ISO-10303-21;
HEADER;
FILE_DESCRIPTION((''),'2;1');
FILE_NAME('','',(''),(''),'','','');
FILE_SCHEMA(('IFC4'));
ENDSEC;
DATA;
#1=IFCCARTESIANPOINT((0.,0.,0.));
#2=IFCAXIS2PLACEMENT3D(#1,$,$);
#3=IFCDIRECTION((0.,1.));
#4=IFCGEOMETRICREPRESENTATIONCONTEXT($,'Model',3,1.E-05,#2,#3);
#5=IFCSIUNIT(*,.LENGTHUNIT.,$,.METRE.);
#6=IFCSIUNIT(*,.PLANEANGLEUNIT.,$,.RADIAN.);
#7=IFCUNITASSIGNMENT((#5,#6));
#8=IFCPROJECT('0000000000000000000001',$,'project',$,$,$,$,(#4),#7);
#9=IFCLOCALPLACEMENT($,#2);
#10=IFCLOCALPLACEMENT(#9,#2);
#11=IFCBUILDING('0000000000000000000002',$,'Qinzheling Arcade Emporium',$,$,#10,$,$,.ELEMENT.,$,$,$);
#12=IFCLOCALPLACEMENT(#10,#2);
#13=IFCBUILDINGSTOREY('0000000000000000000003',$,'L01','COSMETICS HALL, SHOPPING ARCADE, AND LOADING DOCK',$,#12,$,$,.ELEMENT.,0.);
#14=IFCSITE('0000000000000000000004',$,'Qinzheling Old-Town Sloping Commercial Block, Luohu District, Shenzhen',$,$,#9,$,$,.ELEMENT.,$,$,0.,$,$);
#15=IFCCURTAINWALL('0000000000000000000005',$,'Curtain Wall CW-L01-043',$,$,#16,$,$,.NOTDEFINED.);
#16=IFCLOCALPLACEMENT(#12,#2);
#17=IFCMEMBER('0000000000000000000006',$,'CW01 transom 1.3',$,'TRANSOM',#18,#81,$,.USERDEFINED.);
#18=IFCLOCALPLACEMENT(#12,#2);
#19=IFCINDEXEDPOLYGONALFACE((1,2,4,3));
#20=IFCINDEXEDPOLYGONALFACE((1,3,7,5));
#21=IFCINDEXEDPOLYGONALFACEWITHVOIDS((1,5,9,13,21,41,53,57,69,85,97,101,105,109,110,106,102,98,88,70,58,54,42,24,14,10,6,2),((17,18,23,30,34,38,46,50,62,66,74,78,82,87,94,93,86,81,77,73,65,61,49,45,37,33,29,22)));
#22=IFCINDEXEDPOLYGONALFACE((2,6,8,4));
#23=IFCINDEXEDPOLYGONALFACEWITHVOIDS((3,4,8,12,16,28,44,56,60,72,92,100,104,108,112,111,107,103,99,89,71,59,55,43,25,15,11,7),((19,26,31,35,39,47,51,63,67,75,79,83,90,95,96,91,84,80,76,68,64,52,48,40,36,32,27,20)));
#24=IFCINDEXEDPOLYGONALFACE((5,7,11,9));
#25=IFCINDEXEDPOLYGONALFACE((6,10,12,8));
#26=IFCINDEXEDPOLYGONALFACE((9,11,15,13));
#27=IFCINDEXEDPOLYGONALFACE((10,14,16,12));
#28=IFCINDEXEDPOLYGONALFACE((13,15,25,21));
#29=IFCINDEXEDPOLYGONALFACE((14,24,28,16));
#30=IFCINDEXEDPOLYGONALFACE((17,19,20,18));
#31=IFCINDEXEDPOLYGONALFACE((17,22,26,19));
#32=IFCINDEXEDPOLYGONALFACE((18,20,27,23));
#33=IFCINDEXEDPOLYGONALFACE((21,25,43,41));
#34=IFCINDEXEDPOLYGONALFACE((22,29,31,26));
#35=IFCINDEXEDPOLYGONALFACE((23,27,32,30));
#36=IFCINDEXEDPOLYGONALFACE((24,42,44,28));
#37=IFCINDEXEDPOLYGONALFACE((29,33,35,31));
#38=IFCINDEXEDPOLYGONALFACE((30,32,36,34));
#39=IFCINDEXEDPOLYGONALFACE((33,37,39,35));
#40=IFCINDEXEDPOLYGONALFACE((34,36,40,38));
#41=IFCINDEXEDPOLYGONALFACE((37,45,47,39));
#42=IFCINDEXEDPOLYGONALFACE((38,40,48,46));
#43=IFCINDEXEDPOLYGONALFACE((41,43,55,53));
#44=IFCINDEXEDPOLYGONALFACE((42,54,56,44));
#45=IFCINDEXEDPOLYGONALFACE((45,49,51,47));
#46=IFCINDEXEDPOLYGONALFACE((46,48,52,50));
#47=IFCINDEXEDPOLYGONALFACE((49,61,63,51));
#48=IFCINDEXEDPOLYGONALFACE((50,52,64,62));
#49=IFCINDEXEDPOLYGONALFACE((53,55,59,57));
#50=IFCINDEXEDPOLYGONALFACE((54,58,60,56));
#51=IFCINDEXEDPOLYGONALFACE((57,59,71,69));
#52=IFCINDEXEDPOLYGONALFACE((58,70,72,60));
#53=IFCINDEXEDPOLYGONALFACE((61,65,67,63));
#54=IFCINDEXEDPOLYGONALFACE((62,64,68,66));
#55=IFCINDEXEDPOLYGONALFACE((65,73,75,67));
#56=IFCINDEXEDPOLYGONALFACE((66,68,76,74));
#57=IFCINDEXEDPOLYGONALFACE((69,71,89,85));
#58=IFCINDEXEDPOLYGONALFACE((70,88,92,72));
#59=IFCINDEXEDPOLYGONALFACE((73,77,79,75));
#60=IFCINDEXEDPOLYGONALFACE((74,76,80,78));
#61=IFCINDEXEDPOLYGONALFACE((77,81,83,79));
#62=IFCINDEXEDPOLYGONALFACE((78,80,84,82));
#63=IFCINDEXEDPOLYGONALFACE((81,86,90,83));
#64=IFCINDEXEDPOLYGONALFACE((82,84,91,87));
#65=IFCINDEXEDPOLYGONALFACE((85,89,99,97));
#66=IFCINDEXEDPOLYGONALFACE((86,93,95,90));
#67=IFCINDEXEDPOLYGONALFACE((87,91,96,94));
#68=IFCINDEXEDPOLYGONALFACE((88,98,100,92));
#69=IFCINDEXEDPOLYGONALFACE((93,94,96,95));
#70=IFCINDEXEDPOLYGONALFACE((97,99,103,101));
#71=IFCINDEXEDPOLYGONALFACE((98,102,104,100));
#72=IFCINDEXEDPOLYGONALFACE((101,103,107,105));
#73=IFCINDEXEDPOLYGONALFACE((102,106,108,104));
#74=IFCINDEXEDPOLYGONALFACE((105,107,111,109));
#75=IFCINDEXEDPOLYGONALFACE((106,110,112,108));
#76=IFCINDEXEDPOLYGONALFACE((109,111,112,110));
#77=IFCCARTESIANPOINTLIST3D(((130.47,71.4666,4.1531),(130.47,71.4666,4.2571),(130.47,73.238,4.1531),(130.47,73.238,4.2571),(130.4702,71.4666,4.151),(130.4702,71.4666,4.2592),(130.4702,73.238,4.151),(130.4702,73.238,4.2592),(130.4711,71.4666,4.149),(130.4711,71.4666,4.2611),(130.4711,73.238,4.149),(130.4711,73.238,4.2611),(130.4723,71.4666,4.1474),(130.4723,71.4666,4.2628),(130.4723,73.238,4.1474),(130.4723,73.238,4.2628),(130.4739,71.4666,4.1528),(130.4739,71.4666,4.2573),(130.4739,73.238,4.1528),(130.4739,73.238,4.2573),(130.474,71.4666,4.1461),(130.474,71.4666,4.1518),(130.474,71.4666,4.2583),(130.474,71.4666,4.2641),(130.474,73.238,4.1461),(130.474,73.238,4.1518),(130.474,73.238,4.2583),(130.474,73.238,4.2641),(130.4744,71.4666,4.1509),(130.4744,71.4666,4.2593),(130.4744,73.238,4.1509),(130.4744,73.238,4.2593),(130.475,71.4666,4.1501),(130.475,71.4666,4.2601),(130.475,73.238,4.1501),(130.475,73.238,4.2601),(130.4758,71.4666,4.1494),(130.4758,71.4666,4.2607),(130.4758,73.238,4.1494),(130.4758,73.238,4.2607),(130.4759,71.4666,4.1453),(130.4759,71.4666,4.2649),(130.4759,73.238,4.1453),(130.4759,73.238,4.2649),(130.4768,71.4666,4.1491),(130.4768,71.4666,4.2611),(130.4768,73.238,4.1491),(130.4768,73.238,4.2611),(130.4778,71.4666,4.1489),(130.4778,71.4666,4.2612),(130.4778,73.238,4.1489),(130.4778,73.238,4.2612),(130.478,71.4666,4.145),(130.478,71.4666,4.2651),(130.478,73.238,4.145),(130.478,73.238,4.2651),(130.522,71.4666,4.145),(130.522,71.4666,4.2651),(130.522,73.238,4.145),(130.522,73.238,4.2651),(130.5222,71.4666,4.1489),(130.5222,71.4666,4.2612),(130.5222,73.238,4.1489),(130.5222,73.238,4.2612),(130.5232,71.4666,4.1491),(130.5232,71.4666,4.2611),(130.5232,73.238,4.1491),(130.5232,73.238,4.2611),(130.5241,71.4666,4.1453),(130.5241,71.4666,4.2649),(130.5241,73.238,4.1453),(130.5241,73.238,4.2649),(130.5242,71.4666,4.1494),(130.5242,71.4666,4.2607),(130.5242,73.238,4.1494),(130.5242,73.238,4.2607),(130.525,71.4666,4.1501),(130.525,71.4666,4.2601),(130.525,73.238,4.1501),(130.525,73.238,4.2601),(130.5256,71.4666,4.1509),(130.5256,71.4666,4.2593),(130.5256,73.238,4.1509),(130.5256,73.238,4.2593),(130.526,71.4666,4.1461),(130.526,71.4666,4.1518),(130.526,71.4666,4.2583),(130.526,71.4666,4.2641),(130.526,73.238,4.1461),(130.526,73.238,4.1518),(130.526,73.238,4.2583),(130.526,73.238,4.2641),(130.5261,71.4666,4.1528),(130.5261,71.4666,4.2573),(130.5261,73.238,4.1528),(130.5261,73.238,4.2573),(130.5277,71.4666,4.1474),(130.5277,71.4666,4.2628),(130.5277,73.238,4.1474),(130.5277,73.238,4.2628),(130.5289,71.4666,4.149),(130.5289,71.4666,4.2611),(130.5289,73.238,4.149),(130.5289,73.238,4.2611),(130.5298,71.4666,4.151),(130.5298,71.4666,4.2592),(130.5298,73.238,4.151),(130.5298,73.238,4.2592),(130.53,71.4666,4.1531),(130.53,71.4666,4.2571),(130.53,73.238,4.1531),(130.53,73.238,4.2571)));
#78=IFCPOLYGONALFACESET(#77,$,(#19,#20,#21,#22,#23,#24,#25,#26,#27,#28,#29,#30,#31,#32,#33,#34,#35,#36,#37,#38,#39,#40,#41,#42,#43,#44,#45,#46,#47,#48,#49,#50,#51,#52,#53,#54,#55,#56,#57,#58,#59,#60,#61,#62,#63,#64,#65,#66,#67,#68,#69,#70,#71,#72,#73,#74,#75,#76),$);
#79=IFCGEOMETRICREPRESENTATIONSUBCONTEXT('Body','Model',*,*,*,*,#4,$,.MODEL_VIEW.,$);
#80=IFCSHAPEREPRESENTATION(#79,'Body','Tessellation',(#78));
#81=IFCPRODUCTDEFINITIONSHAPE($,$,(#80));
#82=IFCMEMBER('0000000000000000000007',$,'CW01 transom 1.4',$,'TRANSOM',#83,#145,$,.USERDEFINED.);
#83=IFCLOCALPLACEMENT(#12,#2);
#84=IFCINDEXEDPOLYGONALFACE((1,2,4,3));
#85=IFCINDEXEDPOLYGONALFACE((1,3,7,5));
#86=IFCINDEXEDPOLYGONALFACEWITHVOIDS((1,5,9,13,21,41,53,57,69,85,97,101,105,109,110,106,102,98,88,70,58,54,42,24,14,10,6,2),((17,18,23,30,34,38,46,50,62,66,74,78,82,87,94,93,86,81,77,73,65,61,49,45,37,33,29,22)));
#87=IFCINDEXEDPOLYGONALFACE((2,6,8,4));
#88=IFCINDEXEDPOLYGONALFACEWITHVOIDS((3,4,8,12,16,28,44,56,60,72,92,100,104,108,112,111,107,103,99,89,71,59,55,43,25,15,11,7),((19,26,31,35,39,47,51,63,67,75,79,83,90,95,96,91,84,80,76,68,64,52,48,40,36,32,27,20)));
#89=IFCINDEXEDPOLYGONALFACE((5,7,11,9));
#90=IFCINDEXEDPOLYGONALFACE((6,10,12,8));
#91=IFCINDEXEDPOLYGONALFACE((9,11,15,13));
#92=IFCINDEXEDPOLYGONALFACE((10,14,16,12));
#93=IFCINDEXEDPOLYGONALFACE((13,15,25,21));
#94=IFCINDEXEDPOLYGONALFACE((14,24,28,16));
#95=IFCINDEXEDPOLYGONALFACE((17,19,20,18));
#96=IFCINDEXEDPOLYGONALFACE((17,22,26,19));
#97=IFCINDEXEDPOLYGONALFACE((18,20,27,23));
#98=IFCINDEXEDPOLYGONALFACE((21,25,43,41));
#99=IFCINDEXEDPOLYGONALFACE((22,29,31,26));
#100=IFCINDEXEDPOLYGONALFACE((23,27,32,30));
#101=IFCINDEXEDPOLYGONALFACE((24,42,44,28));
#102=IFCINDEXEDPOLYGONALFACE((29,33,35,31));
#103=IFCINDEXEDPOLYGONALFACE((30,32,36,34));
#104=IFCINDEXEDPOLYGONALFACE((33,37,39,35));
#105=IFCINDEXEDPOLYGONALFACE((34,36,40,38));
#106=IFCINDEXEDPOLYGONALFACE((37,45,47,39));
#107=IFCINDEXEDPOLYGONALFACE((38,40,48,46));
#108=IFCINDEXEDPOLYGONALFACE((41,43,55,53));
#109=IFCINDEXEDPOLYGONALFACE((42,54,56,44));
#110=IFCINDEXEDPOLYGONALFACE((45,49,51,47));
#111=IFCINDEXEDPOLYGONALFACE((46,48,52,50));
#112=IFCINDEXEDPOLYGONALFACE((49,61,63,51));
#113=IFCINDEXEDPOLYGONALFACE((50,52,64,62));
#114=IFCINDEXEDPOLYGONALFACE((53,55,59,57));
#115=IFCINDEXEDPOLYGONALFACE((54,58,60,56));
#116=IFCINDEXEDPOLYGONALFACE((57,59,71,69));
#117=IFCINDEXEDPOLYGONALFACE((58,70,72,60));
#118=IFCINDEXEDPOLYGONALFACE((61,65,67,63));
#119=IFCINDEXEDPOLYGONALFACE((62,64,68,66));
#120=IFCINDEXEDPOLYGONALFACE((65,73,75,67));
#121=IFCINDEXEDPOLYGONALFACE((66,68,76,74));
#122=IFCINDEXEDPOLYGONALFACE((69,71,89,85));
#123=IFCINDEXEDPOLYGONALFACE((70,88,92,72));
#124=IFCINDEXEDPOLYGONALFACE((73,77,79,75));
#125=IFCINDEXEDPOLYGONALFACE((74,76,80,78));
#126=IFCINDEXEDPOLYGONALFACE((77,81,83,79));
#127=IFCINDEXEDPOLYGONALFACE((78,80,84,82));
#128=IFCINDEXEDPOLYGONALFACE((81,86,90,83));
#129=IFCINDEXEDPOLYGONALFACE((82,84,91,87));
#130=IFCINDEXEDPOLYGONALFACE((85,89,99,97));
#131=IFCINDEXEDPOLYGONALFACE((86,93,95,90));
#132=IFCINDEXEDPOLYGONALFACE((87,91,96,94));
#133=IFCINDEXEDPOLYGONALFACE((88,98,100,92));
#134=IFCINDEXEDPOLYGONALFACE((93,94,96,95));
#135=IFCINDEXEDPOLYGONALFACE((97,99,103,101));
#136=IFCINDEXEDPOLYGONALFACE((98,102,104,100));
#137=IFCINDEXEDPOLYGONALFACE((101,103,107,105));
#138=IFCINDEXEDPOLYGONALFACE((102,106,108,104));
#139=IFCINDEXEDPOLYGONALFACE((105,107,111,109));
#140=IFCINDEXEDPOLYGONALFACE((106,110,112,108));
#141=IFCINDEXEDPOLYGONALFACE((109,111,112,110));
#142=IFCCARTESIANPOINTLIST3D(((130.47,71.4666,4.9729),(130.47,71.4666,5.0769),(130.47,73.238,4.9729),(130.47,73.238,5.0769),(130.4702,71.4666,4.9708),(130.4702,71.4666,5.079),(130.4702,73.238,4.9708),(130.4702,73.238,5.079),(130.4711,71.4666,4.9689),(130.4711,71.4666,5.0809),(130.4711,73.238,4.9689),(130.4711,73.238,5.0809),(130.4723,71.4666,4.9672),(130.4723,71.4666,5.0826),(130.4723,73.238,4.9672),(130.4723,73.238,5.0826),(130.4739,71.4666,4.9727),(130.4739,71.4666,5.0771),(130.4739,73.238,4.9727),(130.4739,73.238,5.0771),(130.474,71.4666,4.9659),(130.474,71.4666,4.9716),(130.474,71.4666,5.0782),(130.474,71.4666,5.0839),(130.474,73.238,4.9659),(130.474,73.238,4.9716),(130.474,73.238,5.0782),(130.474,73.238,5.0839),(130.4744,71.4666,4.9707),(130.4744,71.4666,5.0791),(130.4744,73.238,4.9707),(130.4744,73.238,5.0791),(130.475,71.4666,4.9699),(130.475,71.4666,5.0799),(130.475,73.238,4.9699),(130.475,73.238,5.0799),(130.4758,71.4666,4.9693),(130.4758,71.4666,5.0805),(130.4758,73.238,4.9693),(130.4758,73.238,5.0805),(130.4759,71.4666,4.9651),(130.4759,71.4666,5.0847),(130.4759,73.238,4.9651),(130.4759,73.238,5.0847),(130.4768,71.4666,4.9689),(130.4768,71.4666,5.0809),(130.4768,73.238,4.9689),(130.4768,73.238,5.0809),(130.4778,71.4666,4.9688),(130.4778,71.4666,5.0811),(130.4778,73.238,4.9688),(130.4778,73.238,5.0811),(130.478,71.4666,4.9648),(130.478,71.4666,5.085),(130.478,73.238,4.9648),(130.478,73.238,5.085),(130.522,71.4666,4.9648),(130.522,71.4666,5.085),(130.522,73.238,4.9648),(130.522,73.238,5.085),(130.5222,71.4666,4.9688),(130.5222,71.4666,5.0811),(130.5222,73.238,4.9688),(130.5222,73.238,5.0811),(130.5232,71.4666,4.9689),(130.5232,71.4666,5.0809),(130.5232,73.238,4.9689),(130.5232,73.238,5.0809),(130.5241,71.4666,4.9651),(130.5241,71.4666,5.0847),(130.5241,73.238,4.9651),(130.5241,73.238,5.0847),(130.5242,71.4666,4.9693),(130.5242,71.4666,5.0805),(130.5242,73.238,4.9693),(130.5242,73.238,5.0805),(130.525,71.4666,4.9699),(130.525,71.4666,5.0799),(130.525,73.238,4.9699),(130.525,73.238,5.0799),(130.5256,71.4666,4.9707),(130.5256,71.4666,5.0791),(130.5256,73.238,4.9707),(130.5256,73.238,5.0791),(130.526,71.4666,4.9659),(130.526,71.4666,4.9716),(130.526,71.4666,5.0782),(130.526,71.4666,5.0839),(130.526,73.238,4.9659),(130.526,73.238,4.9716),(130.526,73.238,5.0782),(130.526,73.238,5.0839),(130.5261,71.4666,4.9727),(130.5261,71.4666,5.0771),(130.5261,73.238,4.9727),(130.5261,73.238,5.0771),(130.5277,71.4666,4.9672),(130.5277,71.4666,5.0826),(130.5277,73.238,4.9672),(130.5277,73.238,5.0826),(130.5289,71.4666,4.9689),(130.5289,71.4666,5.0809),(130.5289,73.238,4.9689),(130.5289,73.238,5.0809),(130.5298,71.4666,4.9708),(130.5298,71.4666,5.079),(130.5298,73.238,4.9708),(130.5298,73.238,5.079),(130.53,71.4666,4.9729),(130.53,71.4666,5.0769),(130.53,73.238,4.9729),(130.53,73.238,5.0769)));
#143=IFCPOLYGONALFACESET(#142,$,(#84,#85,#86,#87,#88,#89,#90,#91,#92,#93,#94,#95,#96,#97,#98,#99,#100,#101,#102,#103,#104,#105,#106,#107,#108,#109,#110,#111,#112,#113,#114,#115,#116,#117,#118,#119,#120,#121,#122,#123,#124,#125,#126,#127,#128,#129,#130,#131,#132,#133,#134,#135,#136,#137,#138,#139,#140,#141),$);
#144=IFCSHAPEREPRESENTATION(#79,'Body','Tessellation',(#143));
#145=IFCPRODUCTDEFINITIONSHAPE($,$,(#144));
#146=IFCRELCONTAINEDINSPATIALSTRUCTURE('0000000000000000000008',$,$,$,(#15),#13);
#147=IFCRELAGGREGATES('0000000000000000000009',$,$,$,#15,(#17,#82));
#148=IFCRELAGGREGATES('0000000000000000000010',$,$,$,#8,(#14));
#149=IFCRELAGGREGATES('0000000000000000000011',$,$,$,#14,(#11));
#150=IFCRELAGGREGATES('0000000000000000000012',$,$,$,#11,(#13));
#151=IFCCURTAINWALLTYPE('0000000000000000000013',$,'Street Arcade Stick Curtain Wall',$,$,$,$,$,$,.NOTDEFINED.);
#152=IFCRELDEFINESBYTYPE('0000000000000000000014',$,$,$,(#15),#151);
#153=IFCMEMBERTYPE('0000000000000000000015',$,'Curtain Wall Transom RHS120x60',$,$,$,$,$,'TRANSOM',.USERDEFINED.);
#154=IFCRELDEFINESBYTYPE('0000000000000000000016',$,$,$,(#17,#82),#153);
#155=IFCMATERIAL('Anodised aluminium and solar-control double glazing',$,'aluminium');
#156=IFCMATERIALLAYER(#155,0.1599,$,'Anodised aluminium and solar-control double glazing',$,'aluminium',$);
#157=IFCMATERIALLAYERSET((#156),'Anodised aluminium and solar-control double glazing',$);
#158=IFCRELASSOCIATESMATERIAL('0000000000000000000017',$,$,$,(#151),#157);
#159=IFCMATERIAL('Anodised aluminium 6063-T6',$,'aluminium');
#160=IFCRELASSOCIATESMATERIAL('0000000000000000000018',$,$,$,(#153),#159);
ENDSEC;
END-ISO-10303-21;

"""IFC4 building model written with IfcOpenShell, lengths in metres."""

from ifc_helpers import new_model, si_unit, direction, frame, origin, origin_2d, place, context, subcontext, project, spatial, hollow_rectangle, extrude, material, layer, layer_set, material_profile, profile_set, type_object, element, aggregate, save


model = new_model("IFC4")

# Units and contexts
model_context = context("Model", 3, precision=1e-05, world=origin(), true_north=direction((0.0, 1.0)))
body_context = subcontext(model_context, "Body", "Model", "MODEL_VIEW")
ifc_project = project(units=[si_unit("LENGTHUNIT", "METRE"), si_unit("PLANEANGLEUNIT", "RADIAN")], contexts=[model_context])

# Site, building, storey
site_placement = place(None, origin())
site = spatial("IfcSite", under=ifc_project, at=site_placement, Name="Qinzheling Old-Town Sloping Commercial Block, Luohu District, Shenzhen", CompositionType="ELEMENT", RefElevation=0.0)
building_placement = place(site_placement, origin())
building = spatial("IfcBuilding", under=site, at=building_placement, Name="Qinzheling Arcade Emporium", CompositionType="ELEMENT")
storey_placement = place(building_placement, origin())
storey = spatial("IfcBuildingStorey", under=building, at=storey_placement, Name="L01", Description="COSMETICS HALL, SHOPPING ARCADE, AND LOADING DOCK", CompositionType="ELEMENT", Elevation=0.0)

# Curtain wall, members
ifc_material_1 = material(Name="Anodised aluminium and solar-control double glazing", Category="aluminium")
ifc_layer_1 = layer(ifc_material_1, 0.1599, Name="Anodised aluminium and solar-control double glazing", Category="aluminium")
ifc_layer_set_1 = layer_set([ifc_layer_1], Name="Anodised aluminium and solar-control double glazing")
curtain_wall_type = type_object("IfcCurtainWallType", Name="Street Arcade Stick Curtain Wall", PredefinedType="NOTDEFINED", material=ifc_layer_set_1)
curtain_wall_placement = place(storey_placement, origin())
curtain_wall = element("IfcCurtainWall", 1, at=curtain_wall_placement, inside=storey, type_object=curtain_wall_type, Name="Curtain Wall CW-L01-043", PredefinedType="NOTDEFINED")
ifc_material_2 = material(Name="Anodised aluminium 6063-T6", Category="aluminium")
ifc_material_profile_1 = material_profile(ifc_material_2, hollow_rectangle(XDim=0.0601, YDim=0.1201, WallThickness=0.0039, InnerFilletRadius=0.0039, OuterFilletRadius=0.0081, at=origin_2d()), Name="RHS 120x60x4", Category="aluminium")
ifc_profile_set_1 = profile_set([ifc_material_profile_1], Name="Anodised aluminium 6063-T6")
member_type_1 = type_object("IfcMemberType", Name="Curtain Wall Transom RHS120x60", ElementType="TRANSOM", PredefinedType="USERDEFINED", material=ifc_profile_set_1)
member_1_placement = place(storey_placement, frame((130.5, 73.238, 4.2051), z_axis=(0.0, -1.0, 0.0), x_axis=(1.0, 0.0, 0.0)))
member_1 = element("IfcMember", 2, at=member_1_placement, type_object=member_type_1, Name="CW01 transom 1.3", ObjectType="TRANSOM", PredefinedType="USERDEFINED", context=body_context, shape_type="SweptSolid", body=[
    extrude(hollow_rectangle(XDim=0.0601, YDim=0.1201, WallThickness=0.0039, InnerFilletRadius=0.0039, OuterFilletRadius=0.0081, at=origin_2d()), origin(), (0.0, 0.0, 1.0), 1.7715),
])
member_2_placement = place(storey_placement, frame((130.5, 73.238, 5.0249), z_axis=(0.0, -1.0, 0.0), x_axis=(1.0, 0.0, 0.0)))
member_2 = element("IfcMember", 3, at=member_2_placement, type_object=member_type_1, Name="CW01 transom 1.4", ObjectType="TRANSOM", PredefinedType="USERDEFINED", context=body_context, shape_type="SweptSolid", body=[
    extrude(hollow_rectangle(XDim=0.0601, YDim=0.1201, WallThickness=0.0039, InnerFilletRadius=0.0039, OuterFilletRadius=0.0081, at=origin_2d()), origin(), (0.0, 0.0, 1.0), 1.7715),
])
aggregate(curtain_wall, [member_1, member_2])

save(model, "model.ifc")
